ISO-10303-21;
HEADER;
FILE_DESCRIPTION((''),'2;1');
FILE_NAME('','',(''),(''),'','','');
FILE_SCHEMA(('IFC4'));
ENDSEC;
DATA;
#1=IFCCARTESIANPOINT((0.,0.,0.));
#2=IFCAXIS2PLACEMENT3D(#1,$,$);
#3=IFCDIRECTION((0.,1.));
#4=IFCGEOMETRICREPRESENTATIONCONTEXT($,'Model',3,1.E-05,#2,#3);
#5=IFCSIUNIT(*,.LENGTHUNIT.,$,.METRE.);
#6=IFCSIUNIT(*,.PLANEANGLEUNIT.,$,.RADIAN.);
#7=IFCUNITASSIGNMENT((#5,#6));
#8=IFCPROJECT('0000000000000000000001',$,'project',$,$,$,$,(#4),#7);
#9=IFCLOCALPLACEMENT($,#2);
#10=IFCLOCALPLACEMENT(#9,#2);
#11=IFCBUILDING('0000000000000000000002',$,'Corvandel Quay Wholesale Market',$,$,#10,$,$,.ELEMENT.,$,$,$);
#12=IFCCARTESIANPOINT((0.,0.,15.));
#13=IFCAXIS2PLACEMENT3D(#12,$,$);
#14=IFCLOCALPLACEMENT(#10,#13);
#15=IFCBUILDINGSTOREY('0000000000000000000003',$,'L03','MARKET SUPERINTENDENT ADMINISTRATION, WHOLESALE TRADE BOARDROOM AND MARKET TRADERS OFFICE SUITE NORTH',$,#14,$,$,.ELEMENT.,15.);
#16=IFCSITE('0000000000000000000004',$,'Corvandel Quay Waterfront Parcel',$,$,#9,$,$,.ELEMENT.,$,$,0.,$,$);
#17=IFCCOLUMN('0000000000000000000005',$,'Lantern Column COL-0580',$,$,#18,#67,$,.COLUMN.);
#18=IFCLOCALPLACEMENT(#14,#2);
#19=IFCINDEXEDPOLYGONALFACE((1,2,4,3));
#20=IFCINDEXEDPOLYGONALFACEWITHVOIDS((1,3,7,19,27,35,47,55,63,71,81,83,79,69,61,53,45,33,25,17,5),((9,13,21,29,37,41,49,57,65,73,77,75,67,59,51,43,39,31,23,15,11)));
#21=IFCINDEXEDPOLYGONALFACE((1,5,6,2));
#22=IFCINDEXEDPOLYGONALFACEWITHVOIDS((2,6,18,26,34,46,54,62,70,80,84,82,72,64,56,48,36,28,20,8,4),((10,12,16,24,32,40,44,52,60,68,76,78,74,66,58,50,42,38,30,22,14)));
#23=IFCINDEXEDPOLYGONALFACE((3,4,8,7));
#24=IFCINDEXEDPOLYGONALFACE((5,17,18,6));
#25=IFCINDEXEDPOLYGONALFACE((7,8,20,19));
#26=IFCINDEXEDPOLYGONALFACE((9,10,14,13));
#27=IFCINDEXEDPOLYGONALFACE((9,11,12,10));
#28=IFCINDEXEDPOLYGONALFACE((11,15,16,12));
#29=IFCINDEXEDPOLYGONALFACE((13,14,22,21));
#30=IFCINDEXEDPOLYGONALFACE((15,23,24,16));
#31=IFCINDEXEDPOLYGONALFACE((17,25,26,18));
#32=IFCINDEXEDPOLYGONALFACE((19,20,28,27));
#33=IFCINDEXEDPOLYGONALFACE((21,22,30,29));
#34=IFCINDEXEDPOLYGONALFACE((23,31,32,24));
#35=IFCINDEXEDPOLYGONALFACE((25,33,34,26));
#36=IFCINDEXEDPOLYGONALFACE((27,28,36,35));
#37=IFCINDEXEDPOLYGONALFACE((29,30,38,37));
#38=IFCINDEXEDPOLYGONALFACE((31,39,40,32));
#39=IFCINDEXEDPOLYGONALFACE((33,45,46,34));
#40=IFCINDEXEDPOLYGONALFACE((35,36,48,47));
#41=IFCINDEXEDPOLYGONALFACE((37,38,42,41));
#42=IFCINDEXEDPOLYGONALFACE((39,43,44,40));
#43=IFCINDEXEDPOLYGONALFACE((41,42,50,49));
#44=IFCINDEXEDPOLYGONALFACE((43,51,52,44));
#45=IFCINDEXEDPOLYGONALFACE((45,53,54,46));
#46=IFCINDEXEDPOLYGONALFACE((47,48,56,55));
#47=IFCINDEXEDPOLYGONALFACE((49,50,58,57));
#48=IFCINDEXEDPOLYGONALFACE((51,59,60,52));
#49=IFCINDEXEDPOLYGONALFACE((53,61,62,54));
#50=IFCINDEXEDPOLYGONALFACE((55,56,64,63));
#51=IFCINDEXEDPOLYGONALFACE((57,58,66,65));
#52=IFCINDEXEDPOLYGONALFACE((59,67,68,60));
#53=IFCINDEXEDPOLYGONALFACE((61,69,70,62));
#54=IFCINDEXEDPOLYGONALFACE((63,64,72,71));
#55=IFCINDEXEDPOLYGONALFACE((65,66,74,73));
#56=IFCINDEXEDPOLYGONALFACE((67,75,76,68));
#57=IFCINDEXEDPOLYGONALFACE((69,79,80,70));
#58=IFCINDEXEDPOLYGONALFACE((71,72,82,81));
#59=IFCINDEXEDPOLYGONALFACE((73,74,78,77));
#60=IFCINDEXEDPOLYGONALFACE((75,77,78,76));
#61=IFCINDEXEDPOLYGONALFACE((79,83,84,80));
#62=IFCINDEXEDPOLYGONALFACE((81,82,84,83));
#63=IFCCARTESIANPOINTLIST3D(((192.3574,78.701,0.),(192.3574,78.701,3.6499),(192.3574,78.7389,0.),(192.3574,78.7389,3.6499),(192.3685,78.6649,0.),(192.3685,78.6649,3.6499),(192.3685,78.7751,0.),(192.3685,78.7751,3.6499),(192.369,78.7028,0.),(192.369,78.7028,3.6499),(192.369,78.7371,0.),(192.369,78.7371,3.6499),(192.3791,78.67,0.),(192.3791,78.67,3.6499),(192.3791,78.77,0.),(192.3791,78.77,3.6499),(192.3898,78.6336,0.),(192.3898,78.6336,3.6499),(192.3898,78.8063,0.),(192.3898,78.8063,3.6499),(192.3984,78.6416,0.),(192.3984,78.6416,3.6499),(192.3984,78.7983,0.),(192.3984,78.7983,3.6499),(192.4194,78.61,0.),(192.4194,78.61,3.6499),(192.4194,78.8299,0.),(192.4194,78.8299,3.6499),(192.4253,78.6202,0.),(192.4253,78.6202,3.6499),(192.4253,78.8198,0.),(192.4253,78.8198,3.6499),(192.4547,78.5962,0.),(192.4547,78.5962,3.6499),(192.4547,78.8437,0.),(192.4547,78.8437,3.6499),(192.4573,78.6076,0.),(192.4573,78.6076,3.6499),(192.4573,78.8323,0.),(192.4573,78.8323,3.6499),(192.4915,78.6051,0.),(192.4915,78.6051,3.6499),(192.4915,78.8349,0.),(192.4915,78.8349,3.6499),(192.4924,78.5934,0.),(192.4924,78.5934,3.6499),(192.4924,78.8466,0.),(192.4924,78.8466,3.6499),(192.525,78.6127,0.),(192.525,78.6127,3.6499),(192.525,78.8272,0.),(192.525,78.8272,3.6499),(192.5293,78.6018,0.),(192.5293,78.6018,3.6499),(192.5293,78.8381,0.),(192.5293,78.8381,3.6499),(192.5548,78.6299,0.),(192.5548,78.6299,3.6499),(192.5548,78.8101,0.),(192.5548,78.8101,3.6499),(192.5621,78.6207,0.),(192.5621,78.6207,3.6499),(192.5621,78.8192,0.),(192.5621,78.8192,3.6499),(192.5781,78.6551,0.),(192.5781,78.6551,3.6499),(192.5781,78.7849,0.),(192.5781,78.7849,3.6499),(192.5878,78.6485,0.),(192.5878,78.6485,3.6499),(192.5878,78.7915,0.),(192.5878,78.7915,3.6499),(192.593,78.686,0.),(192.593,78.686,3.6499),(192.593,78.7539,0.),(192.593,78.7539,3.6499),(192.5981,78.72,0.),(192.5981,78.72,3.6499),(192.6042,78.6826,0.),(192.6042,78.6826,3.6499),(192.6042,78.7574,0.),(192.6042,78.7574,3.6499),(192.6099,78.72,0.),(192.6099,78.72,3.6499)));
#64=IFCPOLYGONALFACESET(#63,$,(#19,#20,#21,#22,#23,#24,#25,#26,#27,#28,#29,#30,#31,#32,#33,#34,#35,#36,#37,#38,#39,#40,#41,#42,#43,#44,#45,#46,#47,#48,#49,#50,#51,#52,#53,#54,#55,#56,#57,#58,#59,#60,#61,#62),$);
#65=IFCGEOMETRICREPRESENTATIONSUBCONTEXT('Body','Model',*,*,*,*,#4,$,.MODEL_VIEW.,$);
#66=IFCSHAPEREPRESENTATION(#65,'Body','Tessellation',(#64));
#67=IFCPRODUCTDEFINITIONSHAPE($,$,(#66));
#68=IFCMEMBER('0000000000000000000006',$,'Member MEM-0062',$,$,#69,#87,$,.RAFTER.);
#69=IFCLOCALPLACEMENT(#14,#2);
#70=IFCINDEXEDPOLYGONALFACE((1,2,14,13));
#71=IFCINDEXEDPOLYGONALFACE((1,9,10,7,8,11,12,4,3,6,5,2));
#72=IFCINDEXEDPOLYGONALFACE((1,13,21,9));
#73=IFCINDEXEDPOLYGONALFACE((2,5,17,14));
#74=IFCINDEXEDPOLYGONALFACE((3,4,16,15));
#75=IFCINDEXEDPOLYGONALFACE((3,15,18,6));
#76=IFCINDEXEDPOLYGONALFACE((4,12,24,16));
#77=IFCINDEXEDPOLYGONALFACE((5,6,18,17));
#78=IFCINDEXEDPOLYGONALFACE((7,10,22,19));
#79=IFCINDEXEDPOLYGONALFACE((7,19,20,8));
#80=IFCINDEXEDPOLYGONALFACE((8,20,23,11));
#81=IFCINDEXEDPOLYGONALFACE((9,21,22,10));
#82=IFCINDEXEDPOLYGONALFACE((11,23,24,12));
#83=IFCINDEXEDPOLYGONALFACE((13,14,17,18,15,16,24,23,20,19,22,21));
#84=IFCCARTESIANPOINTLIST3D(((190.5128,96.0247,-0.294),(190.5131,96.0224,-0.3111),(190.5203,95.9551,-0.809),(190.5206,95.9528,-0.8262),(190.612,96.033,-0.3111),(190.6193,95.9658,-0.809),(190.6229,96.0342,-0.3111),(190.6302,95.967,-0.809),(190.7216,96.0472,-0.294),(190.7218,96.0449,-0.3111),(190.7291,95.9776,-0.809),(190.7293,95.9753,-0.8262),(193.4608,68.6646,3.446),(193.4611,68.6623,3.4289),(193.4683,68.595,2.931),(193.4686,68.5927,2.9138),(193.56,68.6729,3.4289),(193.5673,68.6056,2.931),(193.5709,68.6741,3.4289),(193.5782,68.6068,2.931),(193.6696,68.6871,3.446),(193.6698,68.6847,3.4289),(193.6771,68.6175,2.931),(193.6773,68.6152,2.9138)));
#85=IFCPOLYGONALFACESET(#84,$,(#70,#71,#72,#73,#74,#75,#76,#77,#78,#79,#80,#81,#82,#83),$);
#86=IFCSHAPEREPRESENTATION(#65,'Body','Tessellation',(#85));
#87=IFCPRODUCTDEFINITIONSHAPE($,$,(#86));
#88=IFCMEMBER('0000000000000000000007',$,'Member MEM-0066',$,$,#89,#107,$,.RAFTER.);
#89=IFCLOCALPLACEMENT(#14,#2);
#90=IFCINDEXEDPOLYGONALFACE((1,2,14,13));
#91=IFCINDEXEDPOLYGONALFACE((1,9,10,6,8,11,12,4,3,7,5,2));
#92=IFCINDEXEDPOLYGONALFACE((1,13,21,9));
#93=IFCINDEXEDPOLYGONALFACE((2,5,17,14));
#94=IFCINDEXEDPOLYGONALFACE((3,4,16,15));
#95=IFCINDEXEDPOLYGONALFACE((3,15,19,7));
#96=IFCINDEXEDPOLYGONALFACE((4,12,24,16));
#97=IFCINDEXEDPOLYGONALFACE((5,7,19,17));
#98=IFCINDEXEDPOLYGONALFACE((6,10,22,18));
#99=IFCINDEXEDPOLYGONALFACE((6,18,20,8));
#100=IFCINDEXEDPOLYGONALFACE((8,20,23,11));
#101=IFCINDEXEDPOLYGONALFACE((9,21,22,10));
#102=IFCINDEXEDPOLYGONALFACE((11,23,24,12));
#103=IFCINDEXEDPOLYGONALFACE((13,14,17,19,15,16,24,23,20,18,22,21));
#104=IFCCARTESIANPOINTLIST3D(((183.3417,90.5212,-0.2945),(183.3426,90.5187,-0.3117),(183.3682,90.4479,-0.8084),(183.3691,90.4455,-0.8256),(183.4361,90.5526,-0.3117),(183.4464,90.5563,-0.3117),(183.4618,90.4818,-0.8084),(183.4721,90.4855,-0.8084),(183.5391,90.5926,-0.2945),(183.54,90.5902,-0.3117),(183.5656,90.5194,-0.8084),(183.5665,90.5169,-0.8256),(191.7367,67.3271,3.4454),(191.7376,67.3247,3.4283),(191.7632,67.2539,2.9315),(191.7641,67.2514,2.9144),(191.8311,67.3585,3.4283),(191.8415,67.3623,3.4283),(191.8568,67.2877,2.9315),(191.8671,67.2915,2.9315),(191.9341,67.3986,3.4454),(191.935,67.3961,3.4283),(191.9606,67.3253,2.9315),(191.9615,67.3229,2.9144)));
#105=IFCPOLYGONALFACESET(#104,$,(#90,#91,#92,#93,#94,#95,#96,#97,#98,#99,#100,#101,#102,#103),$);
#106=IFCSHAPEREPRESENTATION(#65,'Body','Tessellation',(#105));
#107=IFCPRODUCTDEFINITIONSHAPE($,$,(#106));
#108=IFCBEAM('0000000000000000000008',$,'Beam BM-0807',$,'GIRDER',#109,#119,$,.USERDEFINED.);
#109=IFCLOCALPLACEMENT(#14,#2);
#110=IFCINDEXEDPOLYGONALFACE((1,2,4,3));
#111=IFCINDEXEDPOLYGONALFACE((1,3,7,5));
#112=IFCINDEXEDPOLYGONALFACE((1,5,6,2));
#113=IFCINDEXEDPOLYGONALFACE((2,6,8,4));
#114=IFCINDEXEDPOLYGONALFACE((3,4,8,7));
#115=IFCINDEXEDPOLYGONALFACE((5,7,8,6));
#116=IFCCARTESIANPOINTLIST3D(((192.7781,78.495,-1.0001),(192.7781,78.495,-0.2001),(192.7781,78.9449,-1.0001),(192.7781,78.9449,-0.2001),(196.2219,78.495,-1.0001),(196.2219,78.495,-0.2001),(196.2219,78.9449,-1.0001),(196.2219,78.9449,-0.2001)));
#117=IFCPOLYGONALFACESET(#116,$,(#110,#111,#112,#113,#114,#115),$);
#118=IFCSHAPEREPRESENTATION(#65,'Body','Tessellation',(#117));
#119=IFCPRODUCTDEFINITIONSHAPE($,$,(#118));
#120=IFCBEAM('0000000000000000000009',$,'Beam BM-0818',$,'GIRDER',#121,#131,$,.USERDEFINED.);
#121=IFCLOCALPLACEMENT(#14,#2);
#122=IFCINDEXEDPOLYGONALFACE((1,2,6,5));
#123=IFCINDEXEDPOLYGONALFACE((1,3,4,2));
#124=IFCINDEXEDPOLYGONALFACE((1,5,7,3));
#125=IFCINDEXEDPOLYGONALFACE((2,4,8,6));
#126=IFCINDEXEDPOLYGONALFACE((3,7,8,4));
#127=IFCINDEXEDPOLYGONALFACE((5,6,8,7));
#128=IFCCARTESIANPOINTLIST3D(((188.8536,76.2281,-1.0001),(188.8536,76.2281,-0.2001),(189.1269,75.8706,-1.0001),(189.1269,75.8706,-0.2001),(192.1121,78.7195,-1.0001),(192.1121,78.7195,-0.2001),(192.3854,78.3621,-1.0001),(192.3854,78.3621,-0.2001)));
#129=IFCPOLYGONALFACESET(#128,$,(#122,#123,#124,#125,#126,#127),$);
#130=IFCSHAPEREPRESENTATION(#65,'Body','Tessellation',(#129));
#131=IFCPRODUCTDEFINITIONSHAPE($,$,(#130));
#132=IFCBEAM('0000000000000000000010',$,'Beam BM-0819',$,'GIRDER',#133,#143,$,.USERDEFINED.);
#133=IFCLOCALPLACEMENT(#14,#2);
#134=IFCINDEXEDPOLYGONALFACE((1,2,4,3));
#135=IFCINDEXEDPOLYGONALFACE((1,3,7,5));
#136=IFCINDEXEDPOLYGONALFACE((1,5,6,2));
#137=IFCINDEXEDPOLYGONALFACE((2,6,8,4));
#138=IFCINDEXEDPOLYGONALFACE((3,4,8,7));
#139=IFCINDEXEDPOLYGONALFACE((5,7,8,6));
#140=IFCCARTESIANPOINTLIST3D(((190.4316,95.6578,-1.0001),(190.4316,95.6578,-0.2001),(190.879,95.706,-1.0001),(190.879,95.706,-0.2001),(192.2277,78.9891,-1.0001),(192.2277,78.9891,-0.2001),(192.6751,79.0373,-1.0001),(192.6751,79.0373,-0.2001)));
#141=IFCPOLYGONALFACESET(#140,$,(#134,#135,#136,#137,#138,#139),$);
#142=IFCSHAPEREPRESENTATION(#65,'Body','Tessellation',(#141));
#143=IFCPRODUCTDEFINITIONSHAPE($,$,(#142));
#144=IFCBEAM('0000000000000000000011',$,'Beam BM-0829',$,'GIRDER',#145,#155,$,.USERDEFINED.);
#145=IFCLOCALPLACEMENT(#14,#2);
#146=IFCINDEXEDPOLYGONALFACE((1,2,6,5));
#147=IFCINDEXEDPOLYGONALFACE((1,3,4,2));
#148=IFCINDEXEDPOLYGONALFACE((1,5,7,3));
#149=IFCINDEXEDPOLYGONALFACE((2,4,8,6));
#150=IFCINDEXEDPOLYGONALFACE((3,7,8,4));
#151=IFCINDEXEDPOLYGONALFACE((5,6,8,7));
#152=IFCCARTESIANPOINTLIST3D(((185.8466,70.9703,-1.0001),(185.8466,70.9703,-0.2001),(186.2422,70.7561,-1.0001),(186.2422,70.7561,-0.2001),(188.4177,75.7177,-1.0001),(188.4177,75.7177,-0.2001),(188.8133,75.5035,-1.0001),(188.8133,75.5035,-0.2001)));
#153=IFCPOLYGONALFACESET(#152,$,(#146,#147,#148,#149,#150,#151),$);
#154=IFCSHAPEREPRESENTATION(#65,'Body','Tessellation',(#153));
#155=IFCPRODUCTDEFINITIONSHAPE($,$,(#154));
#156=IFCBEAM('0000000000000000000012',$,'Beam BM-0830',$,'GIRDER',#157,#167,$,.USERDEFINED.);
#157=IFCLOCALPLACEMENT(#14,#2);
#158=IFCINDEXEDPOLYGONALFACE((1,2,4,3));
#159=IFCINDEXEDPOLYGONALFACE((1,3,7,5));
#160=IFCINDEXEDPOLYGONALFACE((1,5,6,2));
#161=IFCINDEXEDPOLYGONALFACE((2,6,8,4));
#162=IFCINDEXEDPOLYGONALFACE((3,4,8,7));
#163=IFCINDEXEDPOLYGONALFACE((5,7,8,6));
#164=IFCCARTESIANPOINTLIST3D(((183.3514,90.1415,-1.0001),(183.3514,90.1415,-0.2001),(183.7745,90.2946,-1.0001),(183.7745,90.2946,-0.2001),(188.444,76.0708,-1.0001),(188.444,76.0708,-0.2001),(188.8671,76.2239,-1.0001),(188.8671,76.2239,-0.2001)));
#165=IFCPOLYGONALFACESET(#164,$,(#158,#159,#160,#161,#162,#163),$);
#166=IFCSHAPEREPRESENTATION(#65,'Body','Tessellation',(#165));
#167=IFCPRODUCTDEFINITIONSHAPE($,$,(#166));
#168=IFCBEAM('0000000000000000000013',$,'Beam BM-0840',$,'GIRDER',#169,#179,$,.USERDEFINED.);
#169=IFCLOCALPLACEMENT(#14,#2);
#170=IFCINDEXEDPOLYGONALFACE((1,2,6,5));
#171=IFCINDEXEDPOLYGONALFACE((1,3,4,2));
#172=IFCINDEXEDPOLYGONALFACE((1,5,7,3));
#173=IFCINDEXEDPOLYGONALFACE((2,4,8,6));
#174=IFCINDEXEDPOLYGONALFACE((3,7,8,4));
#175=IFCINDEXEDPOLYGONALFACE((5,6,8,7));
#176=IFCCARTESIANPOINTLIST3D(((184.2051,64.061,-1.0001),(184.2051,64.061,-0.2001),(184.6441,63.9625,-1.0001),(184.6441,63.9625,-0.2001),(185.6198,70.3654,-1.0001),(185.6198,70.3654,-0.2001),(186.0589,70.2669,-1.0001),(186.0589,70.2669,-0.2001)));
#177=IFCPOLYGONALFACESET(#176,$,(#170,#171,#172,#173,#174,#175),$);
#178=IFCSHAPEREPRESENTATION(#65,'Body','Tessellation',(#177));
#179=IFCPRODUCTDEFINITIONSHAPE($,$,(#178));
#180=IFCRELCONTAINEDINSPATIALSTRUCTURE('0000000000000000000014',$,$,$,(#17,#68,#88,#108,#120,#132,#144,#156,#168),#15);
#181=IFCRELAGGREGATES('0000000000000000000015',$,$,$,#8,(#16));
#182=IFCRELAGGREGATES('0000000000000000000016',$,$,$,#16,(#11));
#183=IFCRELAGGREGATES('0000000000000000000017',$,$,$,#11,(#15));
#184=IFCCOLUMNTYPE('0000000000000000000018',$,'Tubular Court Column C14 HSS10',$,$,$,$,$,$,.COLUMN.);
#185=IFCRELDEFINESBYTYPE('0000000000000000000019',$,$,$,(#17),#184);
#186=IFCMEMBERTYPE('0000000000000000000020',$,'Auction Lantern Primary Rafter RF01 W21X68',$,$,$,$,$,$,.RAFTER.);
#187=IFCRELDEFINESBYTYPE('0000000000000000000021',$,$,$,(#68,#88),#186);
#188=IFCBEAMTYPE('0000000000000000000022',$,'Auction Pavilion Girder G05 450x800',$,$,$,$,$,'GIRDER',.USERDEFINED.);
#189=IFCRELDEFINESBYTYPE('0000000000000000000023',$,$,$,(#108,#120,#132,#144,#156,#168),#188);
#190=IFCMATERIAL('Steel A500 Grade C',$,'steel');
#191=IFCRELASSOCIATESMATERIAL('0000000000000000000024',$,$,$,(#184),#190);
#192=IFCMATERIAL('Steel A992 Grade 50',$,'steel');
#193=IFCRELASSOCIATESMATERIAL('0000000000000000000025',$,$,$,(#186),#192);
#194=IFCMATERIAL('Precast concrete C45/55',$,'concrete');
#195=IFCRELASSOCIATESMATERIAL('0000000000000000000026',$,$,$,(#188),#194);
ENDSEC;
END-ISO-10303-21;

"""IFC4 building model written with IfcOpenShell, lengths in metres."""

from ifc_helpers import new_model, si_unit, direction, frame, origin, origin_2d, place, context, subcontext, project, spatial, rectangle, hollow_circle, i_section, extrude, material, material_profile, profile_set, type_object, element, save


model = new_model("IFC4")

# Units and contexts
model_context = context("Model", 3, precision=1e-05, world=origin(), true_north=direction((0.0, 1.0)))
body_context = subcontext(model_context, "Body", "Model", "MODEL_VIEW")
ifc_project = project(units=[si_unit("LENGTHUNIT", "METRE"), si_unit("PLANEANGLEUNIT", "RADIAN")], contexts=[model_context])

# Site, building, storey
site_placement = place(None, origin())
site = spatial("IfcSite", under=ifc_project, at=site_placement, Name="Corvandel Quay Waterfront Parcel", CompositionType="ELEMENT", RefElevation=0.0)
building_placement = place(site_placement, origin())
building = spatial("IfcBuilding", under=site, at=building_placement, Name="Corvandel Quay Wholesale Market", CompositionType="ELEMENT")
storey_placement = place(building_placement, frame((0.0, 0.0, 15.0)))
storey = spatial("IfcBuildingStorey", under=building, at=storey_placement, Name="L03", Description="MARKET SUPERINTENDENT ADMINISTRATION, WHOLESALE TRADE BOARDROOM AND MARKET TRADERS OFFICE SUITE NORTH", CompositionType="ELEMENT", Elevation=15.0)

# Column
ifc_material_1 = material(Name="Steel A500 Grade C", Category="steel")
ifc_material_profile_1 = material_profile(ifc_material_1, hollow_circle(Radius=0.127, WallThickness=0.0117, at=origin_2d()), Name="HSS10.000X0.500")
ifc_profile_set_1 = profile_set([ifc_material_profile_1], Name="Steel A500 Grade C")
column_type = type_object("IfcColumnType", Name="Tubular Court Column C14 HSS10", PredefinedType="COLUMN", material=ifc_profile_set_1)
column_placement = place(storey_placement, frame((192.4829, 78.72, 0.0), z_axis=(0.0, 0.0, 1.0), x_axis=(1.0, 0.0, 0.0)))
element("IfcColumn", 1, at=column_placement, inside=storey, type_object=column_type, Name="Lantern Column COL-0580", PredefinedType="COLUMN", context=body_context, shape_type="SweptSolid", body=[
    extrude(hollow_circle(Radius=0.127, WallThickness=0.0117, at=origin_2d()), origin(), (0.0, 0.0, 1.0), 3.6499),
])

# Members
ifc_material_2 = material(Name="Steel A992 Grade 50", Category="steel")
ifc_material_profile_2 = material_profile(ifc_material_2, i_section(OverallWidth=0.21, OverallDepth=0.5371, WebThickness=0.011, FlangeThickness=0.0173, at=origin_2d()), Name="W21X68")
ifc_profile_set_2 = profile_set([ifc_material_profile_2], Name="Steel A992 Grade 50")
member_type_1 = type_object("IfcMemberType", Name="Auction Lantern Primary Rafter RF01 W21X68", PredefinedType="RAFTER", material=ifc_profile_set_2)
member_1_placement = place(storey_placement, frame((190.6211, 96.0, -0.5601), z_axis=(0.106152, -0.985188, 0.13467), x_axis=(0.994245, 0.107128, 0.0)))
element("IfcMember", 2, at=member_1_placement, inside=storey, type_object=member_type_1, Name="Member MEM-0062", PredefinedType="RAFTER", context=body_context, shape_type="SweptSolid", body=[
    extrude(i_section(OverallWidth=0.21, OverallDepth=0.5371, WebThickness=0.011, FlangeThickness=0.0173, at=origin_2d()), origin(), (0.0, 0.0, 1.0), 27.7715),
])
member_2_placement = place(storey_placement, frame((183.4541, 90.519, -0.5601), z_axis=(0.336493, -0.929677, 0.149908), x_axis=(0.940303, 0.340339, 0.0)))
element("IfcMember", 3, at=member_2_placement, inside=storey, type_object=member_type_1, Name="Member MEM-0066", PredefinedType="RAFTER", context=body_context, shape_type="SweptSolid", body=[
    extrude(i_section(OverallWidth=0.21, OverallDepth=0.5371, WebThickness=0.011, FlangeThickness=0.0173, at=origin_2d()), origin(), (0.0, 0.0, 1.0), 24.9485),
])

# Beams
ifc_material_3 = material(Name="Precast concrete C45/55", Category="concrete")
ifc_material_profile_3 = material_profile(ifc_material_3, rectangle(XDim=0.45, YDim=0.8, at=origin_2d()), Name="PC-GIR-450x800")
ifc_profile_set_3 = profile_set([ifc_material_profile_3], Name="Precast concrete C45/55")
beam_type_1 = type_object("IfcBeamType", Name="Auction Pavilion Girder G05 450x800", ElementType="GIRDER", PredefinedType="USERDEFINED", material=ifc_profile_set_3)
beam_1_placement = place(storey_placement, frame((196.2219, 78.72, -0.6001), z_axis=(-1.0, 0.0, 0.0), x_axis=(0.0, -1.0, 0.0)))
element("IfcBeam", 4, at=beam_1_placement, inside=storey, type_object=beam_type_1, Name="Beam BM-0807", ObjectType="GIRDER", PredefinedType="USERDEFINED", context=body_context, shape_type="SweptSolid", body=[
    extrude(rectangle(XDim=0.45, YDim=0.8, at=origin_2d()), origin(), (0.0, 0.0, 1.0), 3.4438),
])
beam_2_placement = place(storey_placement, frame((192.2488, 78.5408, -0.6001), z_axis=(-0.794402, -0.607393, 0.0), x_axis=(0.607393, -0.794402, 0.0)))
element("IfcBeam", 5, at=beam_2_placement, inside=storey, type_object=beam_type_1, Name="Beam BM-0818", ObjectType="GIRDER", PredefinedType="USERDEFINED", context=body_context, shape_type="SweptSolid", body=[
    extrude(rectangle(XDim=0.45, YDim=0.8, at=origin_2d()), origin(), (0.0, 0.0, 1.0), 4.1018),
])
beam_3_placement = place(storey_placement, frame((190.6553, 95.6819, -0.6001), z_axis=(0.107135, -0.994244, 0.0), x_axis=(0.994244, 0.107135, 0.0)))
element("IfcBeam", 6, at=beam_3_placement, inside=storey, type_object=beam_type_1, Name="Beam BM-0819", ObjectType="GIRDER", PredefinedType="USERDEFINED", context=body_context, shape_type="SweptSolid", body=[
    extrude(rectangle(XDim=0.45, YDim=0.8, at=origin_2d()), origin(), (0.0, 0.0, 1.0), 16.7651),
])
beam_4_placement = place(storey_placement, frame((188.6155, 75.6106, -0.6001), z_axis=(-0.476223, -0.879324, 0.0), x_axis=(0.879324, -0.476223, 0.0)))
element("IfcBeam", 7, at=beam_4_placement, inside=storey, type_object=beam_type_1, Name="Beam BM-0829", ObjectType="GIRDER", PredefinedType="USERDEFINED", context=body_context, shape_type="SweptSolid", body=[
    extrude(rectangle(XDim=0.45, YDim=0.8, at=origin_2d()), origin(), (0.0, 0.0, 1.0), 5.3989),
])
beam_5_placement = place(storey_placement, frame((183.563, 90.218, -0.6001), z_axis=(0.340324, -0.940308, 0.0), x_axis=(0.940308, 0.340324, 0.0)))
element("IfcBeam", 8, at=beam_5_placement, inside=storey, type_object=beam_type_1, Name="Beam BM-0830", ObjectType="GIRDER", PredefinedType="USERDEFINED", context=body_context, shape_type="SweptSolid", body=[
    extrude(rectangle(XDim=0.45, YDim=0.8, at=origin_2d()), origin(), (0.0, 0.0, 1.0), 14.9639),
])
beam_6_placement = place(storey_placement, frame((185.8394, 70.3162, -0.6001), z_axis=(-0.218966, -0.975732, 0.0), x_axis=(0.975732, -0.218966, 0.0)))
element("IfcBeam", 9, at=beam_6_placement, inside=storey, type_object=beam_type_1, Name="Beam BM-0840", ObjectType="GIRDER", PredefinedType="USERDEFINED", context=body_context, shape_type="SweptSolid", body=[
    extrude(rectangle(XDim=0.45, YDim=0.8, at=origin_2d()), origin(), (0.0, 0.0, 1.0), 6.4612),
])

save(model, "model.ifc")
